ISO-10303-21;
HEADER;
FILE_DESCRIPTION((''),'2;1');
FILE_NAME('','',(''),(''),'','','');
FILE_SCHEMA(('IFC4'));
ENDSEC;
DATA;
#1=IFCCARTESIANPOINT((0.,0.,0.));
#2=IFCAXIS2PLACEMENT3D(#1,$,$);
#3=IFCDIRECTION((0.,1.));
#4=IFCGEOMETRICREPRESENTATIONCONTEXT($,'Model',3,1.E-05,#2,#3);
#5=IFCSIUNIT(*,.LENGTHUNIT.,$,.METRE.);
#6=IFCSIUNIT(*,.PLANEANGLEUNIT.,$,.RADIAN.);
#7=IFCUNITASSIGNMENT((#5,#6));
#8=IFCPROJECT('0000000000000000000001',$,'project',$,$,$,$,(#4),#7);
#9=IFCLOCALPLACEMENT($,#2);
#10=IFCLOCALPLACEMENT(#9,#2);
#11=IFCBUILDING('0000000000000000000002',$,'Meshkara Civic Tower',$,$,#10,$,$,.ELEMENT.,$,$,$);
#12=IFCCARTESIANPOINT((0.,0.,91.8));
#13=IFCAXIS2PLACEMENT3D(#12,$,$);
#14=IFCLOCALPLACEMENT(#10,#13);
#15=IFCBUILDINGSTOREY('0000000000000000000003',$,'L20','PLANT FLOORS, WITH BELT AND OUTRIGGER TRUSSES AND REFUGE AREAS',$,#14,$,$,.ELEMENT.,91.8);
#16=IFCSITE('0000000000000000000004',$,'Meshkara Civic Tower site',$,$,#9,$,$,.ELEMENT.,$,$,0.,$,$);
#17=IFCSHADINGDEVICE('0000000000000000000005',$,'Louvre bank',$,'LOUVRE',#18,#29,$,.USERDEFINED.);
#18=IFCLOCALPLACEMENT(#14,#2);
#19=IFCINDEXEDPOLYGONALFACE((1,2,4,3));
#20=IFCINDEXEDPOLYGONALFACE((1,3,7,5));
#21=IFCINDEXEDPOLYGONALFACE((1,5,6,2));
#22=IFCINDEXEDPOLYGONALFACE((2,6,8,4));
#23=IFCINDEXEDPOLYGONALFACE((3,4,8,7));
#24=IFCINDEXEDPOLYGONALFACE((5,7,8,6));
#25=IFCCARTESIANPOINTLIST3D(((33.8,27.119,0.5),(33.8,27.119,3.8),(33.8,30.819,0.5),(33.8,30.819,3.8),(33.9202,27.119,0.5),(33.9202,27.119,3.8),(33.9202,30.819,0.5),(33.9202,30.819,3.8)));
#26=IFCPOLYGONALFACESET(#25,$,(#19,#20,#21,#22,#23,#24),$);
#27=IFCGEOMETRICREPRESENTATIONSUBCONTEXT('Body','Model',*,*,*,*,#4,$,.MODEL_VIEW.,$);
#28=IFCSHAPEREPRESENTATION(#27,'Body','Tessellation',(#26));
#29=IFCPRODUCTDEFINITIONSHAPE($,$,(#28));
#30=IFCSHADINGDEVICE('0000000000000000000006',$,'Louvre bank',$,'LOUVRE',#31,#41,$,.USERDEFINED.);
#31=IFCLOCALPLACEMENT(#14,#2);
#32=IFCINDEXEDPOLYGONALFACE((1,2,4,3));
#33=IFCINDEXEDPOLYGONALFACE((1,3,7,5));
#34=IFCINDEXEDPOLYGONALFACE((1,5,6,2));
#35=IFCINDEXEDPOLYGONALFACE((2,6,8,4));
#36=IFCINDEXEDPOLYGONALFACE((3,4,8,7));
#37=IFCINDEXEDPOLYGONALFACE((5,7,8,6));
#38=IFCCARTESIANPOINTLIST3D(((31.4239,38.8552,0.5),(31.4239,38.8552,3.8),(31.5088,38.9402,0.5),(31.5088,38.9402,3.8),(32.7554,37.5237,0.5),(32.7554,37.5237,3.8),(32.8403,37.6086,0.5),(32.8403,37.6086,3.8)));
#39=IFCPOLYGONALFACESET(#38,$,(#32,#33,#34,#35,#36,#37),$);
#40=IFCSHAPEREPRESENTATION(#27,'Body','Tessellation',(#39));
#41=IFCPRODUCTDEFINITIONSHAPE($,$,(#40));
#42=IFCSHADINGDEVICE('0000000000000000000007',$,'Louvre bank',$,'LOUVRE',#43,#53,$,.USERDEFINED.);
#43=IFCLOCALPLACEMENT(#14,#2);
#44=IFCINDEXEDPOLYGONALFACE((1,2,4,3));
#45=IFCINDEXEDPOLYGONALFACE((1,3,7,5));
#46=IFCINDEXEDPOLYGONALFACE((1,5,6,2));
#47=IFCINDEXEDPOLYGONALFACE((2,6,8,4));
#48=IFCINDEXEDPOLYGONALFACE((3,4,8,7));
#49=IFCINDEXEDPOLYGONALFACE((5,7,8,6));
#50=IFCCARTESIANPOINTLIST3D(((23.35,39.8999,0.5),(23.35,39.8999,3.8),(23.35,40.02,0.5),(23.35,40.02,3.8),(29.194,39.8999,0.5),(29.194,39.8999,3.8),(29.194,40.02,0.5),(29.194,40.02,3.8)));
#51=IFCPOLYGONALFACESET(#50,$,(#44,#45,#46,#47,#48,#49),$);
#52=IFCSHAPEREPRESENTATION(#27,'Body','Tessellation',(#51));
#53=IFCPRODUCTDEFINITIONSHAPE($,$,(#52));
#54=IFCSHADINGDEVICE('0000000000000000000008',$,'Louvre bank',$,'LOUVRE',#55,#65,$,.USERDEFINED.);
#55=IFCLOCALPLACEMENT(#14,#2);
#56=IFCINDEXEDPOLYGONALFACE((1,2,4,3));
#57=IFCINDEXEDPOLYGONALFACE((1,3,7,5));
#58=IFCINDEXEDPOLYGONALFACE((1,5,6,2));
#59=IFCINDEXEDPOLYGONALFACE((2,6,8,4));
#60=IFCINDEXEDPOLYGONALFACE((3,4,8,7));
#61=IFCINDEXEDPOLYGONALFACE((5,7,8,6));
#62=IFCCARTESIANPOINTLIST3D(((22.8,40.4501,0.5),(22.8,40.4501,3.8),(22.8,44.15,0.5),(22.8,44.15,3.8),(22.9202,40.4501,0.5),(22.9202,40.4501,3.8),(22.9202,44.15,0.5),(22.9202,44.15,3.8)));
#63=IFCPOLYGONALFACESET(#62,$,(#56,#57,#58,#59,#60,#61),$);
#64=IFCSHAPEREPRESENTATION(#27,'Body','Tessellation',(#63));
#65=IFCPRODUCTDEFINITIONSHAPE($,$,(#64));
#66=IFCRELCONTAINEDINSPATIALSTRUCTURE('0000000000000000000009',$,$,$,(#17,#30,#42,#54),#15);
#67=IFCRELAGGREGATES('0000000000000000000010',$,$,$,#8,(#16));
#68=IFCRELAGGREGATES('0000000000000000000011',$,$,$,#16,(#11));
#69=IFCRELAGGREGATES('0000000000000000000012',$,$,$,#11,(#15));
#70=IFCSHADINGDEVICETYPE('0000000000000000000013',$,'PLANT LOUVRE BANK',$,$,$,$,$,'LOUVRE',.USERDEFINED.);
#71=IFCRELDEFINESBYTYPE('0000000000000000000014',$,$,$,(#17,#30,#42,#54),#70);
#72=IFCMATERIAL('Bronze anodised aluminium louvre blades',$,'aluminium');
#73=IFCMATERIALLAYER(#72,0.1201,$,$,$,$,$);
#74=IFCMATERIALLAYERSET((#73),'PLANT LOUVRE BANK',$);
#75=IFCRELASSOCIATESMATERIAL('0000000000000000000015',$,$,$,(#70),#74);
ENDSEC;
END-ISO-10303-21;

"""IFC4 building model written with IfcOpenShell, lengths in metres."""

from ifc_helpers import new_model, si_unit, direction, frame, origin, origin_2d, place, context, subcontext, project, spatial, rectangle, extrude, material, layer, layer_set, type_object, element, save


model = new_model("IFC4")

# Units and contexts
model_context = context("Model", 3, precision=1e-05, world=origin(), true_north=direction((0.0, 1.0)))
body_context = subcontext(model_context, "Body", "Model", "MODEL_VIEW")
ifc_project = project(units=[si_unit("LENGTHUNIT", "METRE"), si_unit("PLANEANGLEUNIT", "RADIAN")], contexts=[model_context])

# Site, building, storey
site_placement = place(None, origin())
site = spatial("IfcSite", under=ifc_project, at=site_placement, Name="Meshkara Civic Tower site", CompositionType="ELEMENT", RefElevation=0.0)
building_placement = place(site_placement, origin())
building = spatial("IfcBuilding", under=site, at=building_placement, Name="Meshkara Civic Tower", CompositionType="ELEMENT")
storey_placement = place(building_placement, frame((0.0, 0.0, 91.8)))
storey = spatial("IfcBuildingStorey", under=building, at=storey_placement, Name="L20", Description="PLANT FLOORS, WITH BELT AND OUTRIGGER TRUSSES AND REFUGE AREAS", CompositionType="ELEMENT", Elevation=91.8)

# Shading devices
ifc_material_1 = material(Name="Bronze anodised aluminium louvre blades", Category="aluminium")
ifc_layer_1 = layer(ifc_material_1, 0.1201)
ifc_layer_set_1 = layer_set([ifc_layer_1], Name="PLANT LOUVRE BANK")
shading_device_type = type_object("IfcShadingDeviceType", Name="PLANT LOUVRE BANK", ElementType="LOUVRE", PredefinedType="USERDEFINED", material=ifc_layer_set_1)
shading_device_1_placement = place(storey_placement, frame((33.8601, 28.969, 0.5), z_axis=(0.0, 0.0, 1.0), x_axis=(0.0, 1.0, 0.0)))
element("IfcShadingDevice", 1, at=shading_device_1_placement, inside=storey, type_object=shading_device_type, Name="Louvre bank", ObjectType="LOUVRE", PredefinedType="USERDEFINED", context=body_context, shape_type="SweptSolid", body=[
    extrude(rectangle(XDim=3.7, YDim=0.1201, at=origin_2d()), origin(), (0.0, 0.0, 1.0), 3.3),
])
shading_device_2_placement = place(storey_placement, frame((32.1321, 38.2319, 0.5), z_axis=(0.0, 0.0, 1.0), x_axis=(-0.707107, 0.707107, 0.0)))
element("IfcShadingDevice", 2, at=shading_device_2_placement, inside=storey, type_object=shading_device_type, Name="Louvre bank", ObjectType="LOUVRE", PredefinedType="USERDEFINED", context=body_context, shape_type="SweptSolid", body=[
    extrude(rectangle(XDim=1.8831, YDim=0.1201, at=origin_2d()), origin(), (0.0, 0.0, 1.0), 3.3),
])
shading_device_3_placement = place(storey_placement, frame((26.272, 39.96, 0.5), z_axis=(0.0, 0.0, 1.0), x_axis=(-1.0, 0.0, 0.0)))
element("IfcShadingDevice", 3, at=shading_device_3_placement, inside=storey, type_object=shading_device_type, Name="Louvre bank", ObjectType="LOUVRE", PredefinedType="USERDEFINED", context=body_context, shape_type="SweptSolid", body=[
    extrude(rectangle(XDim=5.844, YDim=0.1201, at=origin_2d()), origin(), (0.0, 0.0, 1.0), 3.3),
])
shading_device_4_placement = place(storey_placement, frame((22.8601, 42.3, 0.5), z_axis=(0.0, 0.0, 1.0), x_axis=(0.0, 1.0, 0.0)))
element("IfcShadingDevice", 4, at=shading_device_4_placement, inside=storey, type_object=shading_device_type, Name="Louvre bank", ObjectType="LOUVRE", PredefinedType="USERDEFINED", context=body_context, shape_type="SweptSolid", body=[
    extrude(rectangle(XDim=3.7, YDim=0.1201, at=origin_2d()), origin(), (0.0, 0.0, 1.0), 3.3),
])

save(model, "model.ifc")
